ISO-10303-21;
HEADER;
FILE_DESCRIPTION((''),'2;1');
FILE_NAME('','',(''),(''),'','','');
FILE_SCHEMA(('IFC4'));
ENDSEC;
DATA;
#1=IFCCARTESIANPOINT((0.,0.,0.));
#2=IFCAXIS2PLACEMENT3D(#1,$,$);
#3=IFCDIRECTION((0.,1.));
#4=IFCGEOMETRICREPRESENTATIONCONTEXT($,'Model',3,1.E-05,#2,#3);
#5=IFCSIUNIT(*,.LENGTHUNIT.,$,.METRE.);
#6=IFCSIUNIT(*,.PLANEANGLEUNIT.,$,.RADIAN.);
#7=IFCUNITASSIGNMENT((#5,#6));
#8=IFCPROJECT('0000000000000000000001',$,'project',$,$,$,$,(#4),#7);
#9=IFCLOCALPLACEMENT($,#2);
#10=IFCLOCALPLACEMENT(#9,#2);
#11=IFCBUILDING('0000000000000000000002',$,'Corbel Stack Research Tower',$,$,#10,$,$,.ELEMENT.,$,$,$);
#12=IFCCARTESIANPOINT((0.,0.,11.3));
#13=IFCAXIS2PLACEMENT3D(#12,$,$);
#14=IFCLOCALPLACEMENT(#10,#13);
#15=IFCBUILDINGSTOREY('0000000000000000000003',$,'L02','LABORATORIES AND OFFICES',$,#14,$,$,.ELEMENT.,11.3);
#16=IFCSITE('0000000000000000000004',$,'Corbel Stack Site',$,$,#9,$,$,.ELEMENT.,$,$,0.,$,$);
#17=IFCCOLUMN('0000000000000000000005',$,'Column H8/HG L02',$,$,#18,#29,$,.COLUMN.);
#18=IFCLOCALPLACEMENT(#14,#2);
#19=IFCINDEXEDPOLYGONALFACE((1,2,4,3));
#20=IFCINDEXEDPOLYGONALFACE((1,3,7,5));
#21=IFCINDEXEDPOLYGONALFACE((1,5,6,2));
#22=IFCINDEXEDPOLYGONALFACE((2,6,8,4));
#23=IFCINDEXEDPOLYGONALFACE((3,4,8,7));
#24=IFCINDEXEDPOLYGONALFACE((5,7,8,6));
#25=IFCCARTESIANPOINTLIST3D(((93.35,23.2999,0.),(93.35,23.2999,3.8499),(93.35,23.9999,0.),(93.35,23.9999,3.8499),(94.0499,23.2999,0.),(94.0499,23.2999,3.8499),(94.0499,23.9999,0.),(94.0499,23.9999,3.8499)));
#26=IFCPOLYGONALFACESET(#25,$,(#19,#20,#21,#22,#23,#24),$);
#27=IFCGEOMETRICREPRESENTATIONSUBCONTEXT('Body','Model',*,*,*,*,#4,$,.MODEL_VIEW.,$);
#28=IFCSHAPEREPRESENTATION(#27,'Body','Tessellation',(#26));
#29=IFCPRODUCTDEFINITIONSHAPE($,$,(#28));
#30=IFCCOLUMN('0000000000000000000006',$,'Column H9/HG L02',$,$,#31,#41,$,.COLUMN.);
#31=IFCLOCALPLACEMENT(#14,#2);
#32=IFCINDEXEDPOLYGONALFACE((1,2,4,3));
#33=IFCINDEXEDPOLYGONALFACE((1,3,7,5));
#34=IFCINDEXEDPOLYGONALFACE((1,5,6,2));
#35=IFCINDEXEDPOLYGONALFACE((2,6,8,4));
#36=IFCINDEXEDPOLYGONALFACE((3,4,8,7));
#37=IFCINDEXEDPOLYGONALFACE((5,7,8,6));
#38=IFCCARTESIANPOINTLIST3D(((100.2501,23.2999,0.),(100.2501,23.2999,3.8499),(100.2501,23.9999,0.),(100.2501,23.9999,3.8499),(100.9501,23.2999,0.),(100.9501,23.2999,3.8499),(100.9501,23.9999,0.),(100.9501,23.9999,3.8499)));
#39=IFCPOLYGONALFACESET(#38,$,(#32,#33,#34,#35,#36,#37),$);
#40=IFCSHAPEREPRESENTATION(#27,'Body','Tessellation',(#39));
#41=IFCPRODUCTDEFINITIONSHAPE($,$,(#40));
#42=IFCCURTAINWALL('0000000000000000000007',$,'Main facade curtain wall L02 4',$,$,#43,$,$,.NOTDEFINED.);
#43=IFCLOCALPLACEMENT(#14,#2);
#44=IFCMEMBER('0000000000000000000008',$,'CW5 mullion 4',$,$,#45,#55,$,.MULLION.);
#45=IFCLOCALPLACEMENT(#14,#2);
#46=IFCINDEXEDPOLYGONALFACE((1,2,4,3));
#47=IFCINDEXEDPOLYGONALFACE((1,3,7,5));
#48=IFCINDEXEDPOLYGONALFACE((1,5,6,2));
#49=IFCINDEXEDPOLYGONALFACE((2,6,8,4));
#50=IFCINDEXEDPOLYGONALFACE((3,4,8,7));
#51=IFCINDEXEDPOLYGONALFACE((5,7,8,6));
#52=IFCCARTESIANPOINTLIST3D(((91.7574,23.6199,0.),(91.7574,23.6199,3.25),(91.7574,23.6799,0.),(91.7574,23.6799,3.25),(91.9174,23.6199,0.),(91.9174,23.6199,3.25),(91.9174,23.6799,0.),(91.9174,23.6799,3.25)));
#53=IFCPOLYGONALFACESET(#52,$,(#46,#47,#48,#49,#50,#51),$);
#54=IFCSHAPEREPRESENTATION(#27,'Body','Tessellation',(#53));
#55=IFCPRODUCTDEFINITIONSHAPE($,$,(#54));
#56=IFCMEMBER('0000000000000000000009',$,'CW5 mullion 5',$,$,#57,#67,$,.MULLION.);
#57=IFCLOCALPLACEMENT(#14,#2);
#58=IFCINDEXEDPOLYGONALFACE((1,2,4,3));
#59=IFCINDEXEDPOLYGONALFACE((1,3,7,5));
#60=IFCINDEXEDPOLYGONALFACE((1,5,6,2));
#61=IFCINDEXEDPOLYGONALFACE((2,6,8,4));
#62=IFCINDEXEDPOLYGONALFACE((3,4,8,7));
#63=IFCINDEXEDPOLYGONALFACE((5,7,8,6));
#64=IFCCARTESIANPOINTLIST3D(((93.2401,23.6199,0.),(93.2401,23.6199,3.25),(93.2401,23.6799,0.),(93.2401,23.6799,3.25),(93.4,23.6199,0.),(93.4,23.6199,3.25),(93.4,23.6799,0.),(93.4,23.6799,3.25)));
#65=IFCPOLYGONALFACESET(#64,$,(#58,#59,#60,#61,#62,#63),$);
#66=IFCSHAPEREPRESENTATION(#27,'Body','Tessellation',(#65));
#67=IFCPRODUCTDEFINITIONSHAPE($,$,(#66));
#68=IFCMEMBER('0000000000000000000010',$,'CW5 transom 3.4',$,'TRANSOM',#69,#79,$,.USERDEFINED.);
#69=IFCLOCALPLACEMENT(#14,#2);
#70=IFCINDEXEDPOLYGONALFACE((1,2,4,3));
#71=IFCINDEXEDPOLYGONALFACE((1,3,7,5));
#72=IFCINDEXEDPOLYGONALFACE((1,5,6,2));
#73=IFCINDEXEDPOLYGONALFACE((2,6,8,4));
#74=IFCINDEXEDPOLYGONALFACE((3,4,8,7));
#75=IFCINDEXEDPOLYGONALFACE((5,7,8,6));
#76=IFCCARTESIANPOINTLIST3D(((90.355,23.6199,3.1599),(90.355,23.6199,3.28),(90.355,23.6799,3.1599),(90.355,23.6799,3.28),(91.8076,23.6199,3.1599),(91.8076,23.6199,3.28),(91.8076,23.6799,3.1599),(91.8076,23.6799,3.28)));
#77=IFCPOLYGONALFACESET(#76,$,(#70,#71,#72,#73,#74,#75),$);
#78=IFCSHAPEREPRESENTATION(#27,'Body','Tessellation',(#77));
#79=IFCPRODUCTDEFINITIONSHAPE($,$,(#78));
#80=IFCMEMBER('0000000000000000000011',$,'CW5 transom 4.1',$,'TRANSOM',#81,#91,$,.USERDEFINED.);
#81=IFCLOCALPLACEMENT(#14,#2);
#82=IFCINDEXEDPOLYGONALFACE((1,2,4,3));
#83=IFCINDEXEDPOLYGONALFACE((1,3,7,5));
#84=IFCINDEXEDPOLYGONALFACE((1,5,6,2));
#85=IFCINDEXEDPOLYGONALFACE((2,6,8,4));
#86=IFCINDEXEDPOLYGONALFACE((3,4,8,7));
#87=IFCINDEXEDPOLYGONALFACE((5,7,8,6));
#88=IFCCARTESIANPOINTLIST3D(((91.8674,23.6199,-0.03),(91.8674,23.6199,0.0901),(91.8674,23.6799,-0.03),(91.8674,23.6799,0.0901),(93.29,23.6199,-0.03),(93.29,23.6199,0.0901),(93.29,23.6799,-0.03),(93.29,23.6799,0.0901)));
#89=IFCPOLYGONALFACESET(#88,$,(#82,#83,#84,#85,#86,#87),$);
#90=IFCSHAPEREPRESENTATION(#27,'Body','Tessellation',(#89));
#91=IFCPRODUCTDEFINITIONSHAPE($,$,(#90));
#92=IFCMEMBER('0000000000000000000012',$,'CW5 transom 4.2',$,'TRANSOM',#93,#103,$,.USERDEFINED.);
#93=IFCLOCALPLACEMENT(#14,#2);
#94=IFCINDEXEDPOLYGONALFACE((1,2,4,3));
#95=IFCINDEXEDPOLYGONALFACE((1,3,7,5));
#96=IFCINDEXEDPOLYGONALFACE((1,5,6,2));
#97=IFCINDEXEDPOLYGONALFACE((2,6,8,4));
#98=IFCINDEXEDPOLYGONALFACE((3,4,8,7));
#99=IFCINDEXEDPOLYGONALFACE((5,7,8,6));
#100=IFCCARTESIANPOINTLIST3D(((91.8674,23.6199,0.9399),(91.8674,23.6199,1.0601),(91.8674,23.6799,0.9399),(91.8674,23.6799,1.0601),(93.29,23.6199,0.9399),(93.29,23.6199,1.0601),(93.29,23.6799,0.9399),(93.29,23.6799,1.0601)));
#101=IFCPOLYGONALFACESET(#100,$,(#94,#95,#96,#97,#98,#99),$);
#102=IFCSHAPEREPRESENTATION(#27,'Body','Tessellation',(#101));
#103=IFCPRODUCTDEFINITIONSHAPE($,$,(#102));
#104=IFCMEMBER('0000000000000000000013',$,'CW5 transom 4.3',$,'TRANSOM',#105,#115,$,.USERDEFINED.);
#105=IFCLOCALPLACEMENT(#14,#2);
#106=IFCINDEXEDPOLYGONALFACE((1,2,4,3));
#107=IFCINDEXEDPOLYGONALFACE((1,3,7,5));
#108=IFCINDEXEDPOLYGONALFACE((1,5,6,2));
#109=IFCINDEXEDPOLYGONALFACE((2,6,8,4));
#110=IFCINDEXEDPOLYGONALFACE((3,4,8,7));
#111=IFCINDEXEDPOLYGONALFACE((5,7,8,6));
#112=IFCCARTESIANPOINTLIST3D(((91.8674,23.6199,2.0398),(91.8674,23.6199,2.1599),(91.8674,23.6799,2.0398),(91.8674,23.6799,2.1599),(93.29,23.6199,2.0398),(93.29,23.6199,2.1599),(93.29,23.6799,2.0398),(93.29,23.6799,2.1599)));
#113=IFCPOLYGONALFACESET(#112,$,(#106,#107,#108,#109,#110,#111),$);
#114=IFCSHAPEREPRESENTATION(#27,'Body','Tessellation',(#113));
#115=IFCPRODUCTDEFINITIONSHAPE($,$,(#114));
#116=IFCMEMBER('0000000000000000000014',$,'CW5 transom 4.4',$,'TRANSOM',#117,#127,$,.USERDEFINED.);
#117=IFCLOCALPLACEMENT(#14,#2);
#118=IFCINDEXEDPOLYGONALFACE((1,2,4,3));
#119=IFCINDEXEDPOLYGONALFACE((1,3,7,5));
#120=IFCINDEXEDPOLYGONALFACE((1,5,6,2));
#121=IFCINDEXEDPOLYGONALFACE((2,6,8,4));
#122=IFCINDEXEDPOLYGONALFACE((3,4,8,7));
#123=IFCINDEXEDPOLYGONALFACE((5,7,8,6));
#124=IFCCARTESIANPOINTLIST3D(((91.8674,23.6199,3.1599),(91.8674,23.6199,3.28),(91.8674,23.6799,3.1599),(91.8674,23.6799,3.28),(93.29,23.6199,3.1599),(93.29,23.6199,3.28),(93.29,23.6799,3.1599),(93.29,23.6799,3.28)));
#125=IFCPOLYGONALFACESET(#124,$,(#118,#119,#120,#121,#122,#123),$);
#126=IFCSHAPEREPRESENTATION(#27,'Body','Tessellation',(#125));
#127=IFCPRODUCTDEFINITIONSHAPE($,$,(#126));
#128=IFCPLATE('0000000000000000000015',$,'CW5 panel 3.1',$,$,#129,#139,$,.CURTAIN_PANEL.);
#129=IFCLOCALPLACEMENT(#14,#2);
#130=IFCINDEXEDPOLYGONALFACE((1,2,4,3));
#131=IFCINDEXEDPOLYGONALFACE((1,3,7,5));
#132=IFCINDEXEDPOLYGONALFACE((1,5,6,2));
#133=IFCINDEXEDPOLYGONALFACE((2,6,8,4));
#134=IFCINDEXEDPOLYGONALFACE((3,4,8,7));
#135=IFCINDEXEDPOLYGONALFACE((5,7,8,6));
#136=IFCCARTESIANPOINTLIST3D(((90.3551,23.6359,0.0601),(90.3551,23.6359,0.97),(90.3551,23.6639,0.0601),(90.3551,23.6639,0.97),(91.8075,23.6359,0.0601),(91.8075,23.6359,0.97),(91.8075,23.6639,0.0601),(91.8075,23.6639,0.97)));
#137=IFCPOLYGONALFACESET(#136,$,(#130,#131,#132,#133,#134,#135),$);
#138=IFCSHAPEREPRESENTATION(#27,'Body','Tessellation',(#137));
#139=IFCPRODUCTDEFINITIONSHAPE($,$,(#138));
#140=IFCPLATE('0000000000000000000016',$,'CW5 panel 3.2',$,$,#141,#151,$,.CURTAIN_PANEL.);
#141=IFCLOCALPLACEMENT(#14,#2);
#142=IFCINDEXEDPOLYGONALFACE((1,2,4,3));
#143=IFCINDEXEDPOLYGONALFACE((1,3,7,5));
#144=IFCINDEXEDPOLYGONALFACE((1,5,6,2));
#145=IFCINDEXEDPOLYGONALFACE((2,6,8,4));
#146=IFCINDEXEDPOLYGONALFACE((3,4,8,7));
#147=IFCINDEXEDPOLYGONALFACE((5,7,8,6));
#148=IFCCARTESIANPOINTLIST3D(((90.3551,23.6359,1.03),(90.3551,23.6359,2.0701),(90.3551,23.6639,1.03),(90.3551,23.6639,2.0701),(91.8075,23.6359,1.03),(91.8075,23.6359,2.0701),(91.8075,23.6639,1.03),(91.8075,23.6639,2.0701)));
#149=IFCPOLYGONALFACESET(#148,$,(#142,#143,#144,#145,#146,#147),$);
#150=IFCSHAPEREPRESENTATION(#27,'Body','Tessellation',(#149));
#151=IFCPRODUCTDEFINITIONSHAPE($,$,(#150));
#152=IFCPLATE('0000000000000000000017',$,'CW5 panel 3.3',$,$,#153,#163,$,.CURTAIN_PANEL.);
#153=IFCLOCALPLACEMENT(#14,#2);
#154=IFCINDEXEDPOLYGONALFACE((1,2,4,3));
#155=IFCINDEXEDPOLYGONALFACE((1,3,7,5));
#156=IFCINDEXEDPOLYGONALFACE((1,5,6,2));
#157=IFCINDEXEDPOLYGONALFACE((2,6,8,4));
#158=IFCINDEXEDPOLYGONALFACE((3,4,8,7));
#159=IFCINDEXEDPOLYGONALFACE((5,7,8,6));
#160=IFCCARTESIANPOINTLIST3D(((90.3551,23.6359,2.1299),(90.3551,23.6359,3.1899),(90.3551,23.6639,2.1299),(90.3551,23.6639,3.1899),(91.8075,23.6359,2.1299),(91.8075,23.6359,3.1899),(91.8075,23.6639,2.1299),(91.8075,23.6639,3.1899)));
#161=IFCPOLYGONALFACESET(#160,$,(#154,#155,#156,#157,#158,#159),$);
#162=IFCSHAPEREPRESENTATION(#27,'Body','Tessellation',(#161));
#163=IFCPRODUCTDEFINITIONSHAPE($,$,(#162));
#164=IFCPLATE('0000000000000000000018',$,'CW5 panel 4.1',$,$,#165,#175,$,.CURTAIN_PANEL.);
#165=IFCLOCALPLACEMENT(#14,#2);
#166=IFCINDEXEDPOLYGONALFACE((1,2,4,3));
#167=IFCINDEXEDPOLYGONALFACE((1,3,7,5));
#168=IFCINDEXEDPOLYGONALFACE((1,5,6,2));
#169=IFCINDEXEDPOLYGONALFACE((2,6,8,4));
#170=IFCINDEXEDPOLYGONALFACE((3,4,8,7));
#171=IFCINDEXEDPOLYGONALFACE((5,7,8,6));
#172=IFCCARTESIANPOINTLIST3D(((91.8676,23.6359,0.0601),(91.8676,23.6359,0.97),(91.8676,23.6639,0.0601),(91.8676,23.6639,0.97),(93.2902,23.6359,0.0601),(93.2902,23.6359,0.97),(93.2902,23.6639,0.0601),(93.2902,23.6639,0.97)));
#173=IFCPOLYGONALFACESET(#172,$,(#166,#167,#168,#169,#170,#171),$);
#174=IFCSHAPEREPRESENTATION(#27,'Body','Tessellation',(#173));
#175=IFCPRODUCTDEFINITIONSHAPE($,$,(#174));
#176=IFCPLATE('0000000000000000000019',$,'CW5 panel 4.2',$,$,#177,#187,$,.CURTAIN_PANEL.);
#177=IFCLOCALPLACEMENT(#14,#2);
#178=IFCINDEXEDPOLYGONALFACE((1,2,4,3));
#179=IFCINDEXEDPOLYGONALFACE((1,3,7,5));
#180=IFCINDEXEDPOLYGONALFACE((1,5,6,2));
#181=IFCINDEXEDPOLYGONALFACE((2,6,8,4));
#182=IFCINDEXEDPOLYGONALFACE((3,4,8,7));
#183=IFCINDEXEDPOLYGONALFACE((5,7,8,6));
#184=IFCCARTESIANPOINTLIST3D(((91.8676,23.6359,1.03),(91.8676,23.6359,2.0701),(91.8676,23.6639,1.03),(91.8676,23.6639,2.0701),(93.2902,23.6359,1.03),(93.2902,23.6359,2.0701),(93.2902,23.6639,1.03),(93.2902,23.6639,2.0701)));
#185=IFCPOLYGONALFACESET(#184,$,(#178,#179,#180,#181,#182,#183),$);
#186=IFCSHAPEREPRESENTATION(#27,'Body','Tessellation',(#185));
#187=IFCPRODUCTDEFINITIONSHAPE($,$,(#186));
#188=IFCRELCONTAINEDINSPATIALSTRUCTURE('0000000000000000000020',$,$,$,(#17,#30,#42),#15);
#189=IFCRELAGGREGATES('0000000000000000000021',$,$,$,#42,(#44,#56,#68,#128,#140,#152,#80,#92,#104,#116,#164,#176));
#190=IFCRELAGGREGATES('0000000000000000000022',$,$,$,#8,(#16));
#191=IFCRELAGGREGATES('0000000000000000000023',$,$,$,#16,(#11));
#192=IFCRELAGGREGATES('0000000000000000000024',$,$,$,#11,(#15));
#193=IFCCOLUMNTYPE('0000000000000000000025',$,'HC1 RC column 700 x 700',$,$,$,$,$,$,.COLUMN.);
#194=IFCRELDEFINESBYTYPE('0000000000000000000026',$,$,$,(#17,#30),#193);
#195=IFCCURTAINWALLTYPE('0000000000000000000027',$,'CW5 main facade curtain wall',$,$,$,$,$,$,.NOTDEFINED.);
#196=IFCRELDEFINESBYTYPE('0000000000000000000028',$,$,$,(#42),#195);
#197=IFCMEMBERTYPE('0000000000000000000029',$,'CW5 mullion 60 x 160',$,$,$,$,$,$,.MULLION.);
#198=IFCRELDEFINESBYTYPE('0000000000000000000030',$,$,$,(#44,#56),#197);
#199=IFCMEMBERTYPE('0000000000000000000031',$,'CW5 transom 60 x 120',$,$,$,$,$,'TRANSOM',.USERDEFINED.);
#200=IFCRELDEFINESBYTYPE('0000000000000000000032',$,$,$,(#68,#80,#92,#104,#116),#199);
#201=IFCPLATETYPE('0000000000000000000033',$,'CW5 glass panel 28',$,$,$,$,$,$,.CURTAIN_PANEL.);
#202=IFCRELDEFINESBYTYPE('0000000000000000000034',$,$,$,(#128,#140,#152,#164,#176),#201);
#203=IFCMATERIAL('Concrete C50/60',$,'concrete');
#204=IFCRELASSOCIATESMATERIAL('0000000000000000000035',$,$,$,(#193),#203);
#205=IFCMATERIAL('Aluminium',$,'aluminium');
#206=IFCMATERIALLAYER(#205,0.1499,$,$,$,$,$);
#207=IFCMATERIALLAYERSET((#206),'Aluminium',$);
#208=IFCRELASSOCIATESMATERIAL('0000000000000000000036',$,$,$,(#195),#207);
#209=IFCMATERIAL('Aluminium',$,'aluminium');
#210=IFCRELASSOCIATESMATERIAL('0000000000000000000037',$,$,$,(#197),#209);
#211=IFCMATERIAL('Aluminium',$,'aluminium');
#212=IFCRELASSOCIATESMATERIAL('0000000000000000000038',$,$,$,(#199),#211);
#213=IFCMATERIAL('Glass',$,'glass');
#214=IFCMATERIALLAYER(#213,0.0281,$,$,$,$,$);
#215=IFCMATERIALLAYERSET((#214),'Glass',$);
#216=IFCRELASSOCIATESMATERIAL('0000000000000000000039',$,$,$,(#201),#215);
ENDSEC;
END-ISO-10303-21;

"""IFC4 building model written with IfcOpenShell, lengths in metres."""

from ifc_helpers import new_model, si_unit, direction, frame, origin, origin_2d, place, context, subcontext, project, spatial, rectangle, extrude, material, layer, layer_set, material_profile, profile_set, type_object, element, aggregate, save


model = new_model("IFC4")

# Units and contexts
model_context = context("Model", 3, precision=1e-05, world=origin(), true_north=direction((0.0, 1.0)))
body_context = subcontext(model_context, "Body", "Model", "MODEL_VIEW")
ifc_project = project(units=[si_unit("LENGTHUNIT", "METRE"), si_unit("PLANEANGLEUNIT", "RADIAN")], contexts=[model_context])

# Site, building, storey
site_placement = place(None, origin())
site = spatial("IfcSite", under=ifc_project, at=site_placement, Name="Corbel Stack Site", CompositionType="ELEMENT", RefElevation=0.0)
building_placement = place(site_placement, origin())
building = spatial("IfcBuilding", under=site, at=building_placement, Name="Corbel Stack Research Tower", CompositionType="ELEMENT")
storey_placement = place(building_placement, frame((0.0, 0.0, 11.3)))
storey = spatial("IfcBuildingStorey", under=building, at=storey_placement, Name="L02", Description="LABORATORIES AND OFFICES", CompositionType="ELEMENT", Elevation=11.3)

# Columns
ifc_material_1 = material(Name="Concrete C50/60", Category="concrete")
ifc_material_profile_1 = material_profile(ifc_material_1, rectangle(XDim=0.7, YDim=0.7, at=origin_2d()), Name="RC 700 x 700")
ifc_profile_set_1 = profile_set([ifc_material_profile_1], Name="Concrete C50/60")
column_type = type_object("IfcColumnType", Name="HC1 RC column 700 x 700", PredefinedType="COLUMN", material=ifc_profile_set_1)
for number, where, z_axis, x_axis, name in (
    (1, (93.7, 23.6499, 0.0), (0.0, 0.0, 1.0), (1.0, 0.0, 0.0), "Column H8/HG L02"),
    (2, (100.6001, 23.6499, 0.0), (0.0, 0.0, 1.0), (1.0, 0.0, 0.0), "Column H9/HG L02"),
):
    element("IfcColumn", number, at=place(storey_placement, frame(where, z_axis=z_axis, x_axis=x_axis)), inside=storey, type_object=column_type, Name=name, PredefinedType="COLUMN", context=body_context, shape_type="SweptSolid", body=[
        extrude(rectangle(XDim=0.7, YDim=0.7, at=origin_2d()), origin(), (0.0, 0.0, 1.0), 3.8499),
    ])

# Curtain wall, members, plates
ifc_material_2 = material(Name="Aluminium", Category="aluminium")
ifc_layer_1 = layer(ifc_material_2, 0.1499)
ifc_layer_set_1 = layer_set([ifc_layer_1], Name="Aluminium")
curtain_wall_type = type_object("IfcCurtainWallType", Name="CW5 main facade curtain wall", PredefinedType="NOTDEFINED", material=ifc_layer_set_1)
curtain_wall_placement = place(storey_placement, origin())
curtain_wall = element("IfcCurtainWall", 3, at=curtain_wall_placement, inside=storey, type_object=curtain_wall_type, Name="Main facade curtain wall L02 4", PredefinedType="NOTDEFINED")
ifc_material_3 = material(Name="Aluminium", Category="aluminium")
ifc_material_profile_2 = material_profile(ifc_material_3, rectangle(XDim=0.0601, YDim=0.1599, at=origin_2d()), Name="Mullion 60 x 160")
ifc_profile_set_2 = profile_set([ifc_material_profile_2], Name="Aluminium")
member_type_1 = type_object("IfcMemberType", Name="CW5 mullion 60 x 160", PredefinedType="MULLION", material=ifc_profile_set_2)
member_1_placement = place(storey_placement, frame((91.8374, 23.6499, 0.0), z_axis=(0.0, 0.0, 1.0), x_axis=(0.0, 1.0, 0.0)))
member_1 = element("IfcMember", 4, at=member_1_placement, type_object=member_type_1, Name="CW5 mullion 4", PredefinedType="MULLION", context=body_context, shape_type="SweptSolid", body=[
    extrude(rectangle(XDim=0.0601, YDim=0.1599, at=origin_2d()), origin(), (0.0, 0.0, 1.0), 3.25),
])
member_2_placement = place(storey_placement, frame((93.3201, 23.6499, 0.0), z_axis=(0.0, 0.0, 1.0), x_axis=(0.0, 1.0, 0.0)))
member_2 = element("IfcMember", 5, at=member_2_placement, type_object=member_type_1, Name="CW5 mullion 5", PredefinedType="MULLION", context=body_context, shape_type="SweptSolid", body=[
    extrude(rectangle(XDim=0.0601, YDim=0.1599, at=origin_2d()), origin(), (0.0, 0.0, 1.0), 3.25),
])
ifc_material_4 = material(Name="Aluminium", Category="aluminium")
ifc_material_profile_3 = material_profile(ifc_material_4, rectangle(XDim=0.0601, YDim=0.1201, at=origin_2d()), Name="Transom 60 x 120")
ifc_profile_set_3 = profile_set([ifc_material_profile_3], Name="Aluminium")
member_type_2 = type_object("IfcMemberType", Name="CW5 transom 60 x 120", ElementType="TRANSOM", PredefinedType="USERDEFINED", material=ifc_profile_set_3)
member_3_placement = place(storey_placement, frame((90.355, 23.6499, 3.22), z_axis=(1.0, 0.0, 0.0), x_axis=(0.0, 1.0, 0.0)))
member_3 = element("IfcMember", 6, at=member_3_placement, type_object=member_type_2, Name="CW5 transom 3.4", ObjectType="TRANSOM", PredefinedType="USERDEFINED", context=body_context, shape_type="SweptSolid", body=[
    extrude(rectangle(XDim=0.0601, YDim=0.1201, at=origin_2d()), origin(), (0.0, 0.0, 1.0), 1.4526),
])
member_4_placement = place(storey_placement, frame((91.8674, 23.6499, 0.03), z_axis=(1.0, 0.0, 0.0), x_axis=(0.0, 1.0, 0.0)))
member_4 = element("IfcMember", 7, at=member_4_placement, type_object=member_type_2, Name="CW5 transom 4.1", ObjectType="TRANSOM", PredefinedType="USERDEFINED", context=body_context, shape_type="SweptSolid", body=[
    extrude(rectangle(XDim=0.0601, YDim=0.1201, at=origin_2d()), origin(), (0.0, 0.0, 1.0), 1.4226),
])
member_5_placement = place(storey_placement, frame((91.8674, 23.6499, 1.0), z_axis=(1.0, 0.0, 0.0), x_axis=(0.0, 1.0, 0.0)))
member_5 = element("IfcMember", 8, at=member_5_placement, type_object=member_type_2, Name="CW5 transom 4.2", ObjectType="TRANSOM", PredefinedType="USERDEFINED", context=body_context, shape_type="SweptSolid", body=[
    extrude(rectangle(XDim=0.0601, YDim=0.1201, at=origin_2d()), origin(), (0.0, 0.0, 1.0), 1.4226),
])
member_6_placement = place(storey_placement, frame((91.8674, 23.6499, 2.0999), z_axis=(1.0, 0.0, 0.0), x_axis=(0.0, 1.0, 0.0)))
member_6 = element("IfcMember", 9, at=member_6_placement, type_object=member_type_2, Name="CW5 transom 4.3", ObjectType="TRANSOM", PredefinedType="USERDEFINED", context=body_context, shape_type="SweptSolid", body=[
    extrude(rectangle(XDim=0.0601, YDim=0.1201, at=origin_2d()), origin(), (0.0, 0.0, 1.0), 1.4226),
])
member_7_placement = place(storey_placement, frame((91.8674, 23.6499, 3.22), z_axis=(1.0, 0.0, 0.0), x_axis=(0.0, 1.0, 0.0)))
member_7 = element("IfcMember", 10, at=member_7_placement, type_object=member_type_2, Name="CW5 transom 4.4", ObjectType="TRANSOM", PredefinedType="USERDEFINED", context=body_context, shape_type="SweptSolid", body=[
    extrude(rectangle(XDim=0.0601, YDim=0.1201, at=origin_2d()), origin(), (0.0, 0.0, 1.0), 1.4226),
])
ifc_material_5 = material(Name="Glass", Category="glass")
ifc_layer_2 = layer(ifc_material_5, 0.0281)
ifc_layer_set_2 = layer_set([ifc_layer_2], Name="Glass")
plate_type = type_object("IfcPlateType", Name="CW5 glass panel 28", PredefinedType="CURTAIN_PANEL", material=ifc_layer_set_2)
plate_1_placement = place(storey_placement, frame((91.0813, 23.6499, 0.0601), z_axis=(0.0, 0.0, 1.0), x_axis=(1.0, 0.0, 0.0)))
plate_1 = element("IfcPlate", 11, at=plate_1_placement, type_object=plate_type, Name="CW5 panel 3.1", PredefinedType="CURTAIN_PANEL", context=body_context, shape_type="SweptSolid", body=[
    extrude(rectangle(XDim=1.4524, YDim=0.0281, at=origin_2d()), origin(), (0.0, 0.0, 1.0), 0.9099),
])
plate_2_placement = place(storey_placement, frame((91.0813, 23.6499, 1.03), z_axis=(0.0, 0.0, 1.0), x_axis=(1.0, 0.0, 0.0)))
plate_2 = element("IfcPlate", 12, at=plate_2_placement, type_object=plate_type, Name="CW5 panel 3.2", PredefinedType="CURTAIN_PANEL", context=body_context, shape_type="SweptSolid", body=[
    extrude(rectangle(XDim=1.4524, YDim=0.0281, at=origin_2d()), origin(), (0.0, 0.0, 1.0), 1.04),
])
plate_3_placement = place(storey_placement, frame((91.0813, 23.6499, 2.1299), z_axis=(0.0, 0.0, 1.0), x_axis=(1.0, 0.0, 0.0)))
plate_3 = element("IfcPlate", 13, at=plate_3_placement, type_object=plate_type, Name="CW5 panel 3.3", PredefinedType="CURTAIN_PANEL", context=body_context, shape_type="SweptSolid", body=[
    extrude(rectangle(XDim=1.4524, YDim=0.0281, at=origin_2d()), origin(), (0.0, 0.0, 1.0), 1.0601),
])
plate_4_placement = place(storey_placement, frame((92.5789, 23.6499, 0.0601), z_axis=(0.0, 0.0, 1.0), x_axis=(1.0, 0.0, 0.0)))
plate_4 = element("IfcPlate", 14, at=plate_4_placement, type_object=plate_type, Name="CW5 panel 4.1", PredefinedType="CURTAIN_PANEL", context=body_context, shape_type="SweptSolid", body=[
    extrude(rectangle(XDim=1.4226, YDim=0.0281, at=origin_2d()), origin(), (0.0, 0.0, 1.0), 0.9099),
])
plate_5_placement = place(storey_placement, frame((92.5789, 23.6499, 1.03), z_axis=(0.0, 0.0, 1.0), x_axis=(1.0, 0.0, 0.0)))
plate_5 = element("IfcPlate", 15, at=plate_5_placement, type_object=plate_type, Name="CW5 panel 4.2", PredefinedType="CURTAIN_PANEL", context=body_context, shape_type="SweptSolid", body=[
    extrude(rectangle(XDim=1.4226, YDim=0.0281, at=origin_2d()), origin(), (0.0, 0.0, 1.0), 1.04),
])
aggregate(curtain_wall, [member_1, member_2, member_3, plate_1, plate_2, plate_3, member_4, member_5, member_6, member_7, plate_4, plate_5])

save(model, "model.ifc")
